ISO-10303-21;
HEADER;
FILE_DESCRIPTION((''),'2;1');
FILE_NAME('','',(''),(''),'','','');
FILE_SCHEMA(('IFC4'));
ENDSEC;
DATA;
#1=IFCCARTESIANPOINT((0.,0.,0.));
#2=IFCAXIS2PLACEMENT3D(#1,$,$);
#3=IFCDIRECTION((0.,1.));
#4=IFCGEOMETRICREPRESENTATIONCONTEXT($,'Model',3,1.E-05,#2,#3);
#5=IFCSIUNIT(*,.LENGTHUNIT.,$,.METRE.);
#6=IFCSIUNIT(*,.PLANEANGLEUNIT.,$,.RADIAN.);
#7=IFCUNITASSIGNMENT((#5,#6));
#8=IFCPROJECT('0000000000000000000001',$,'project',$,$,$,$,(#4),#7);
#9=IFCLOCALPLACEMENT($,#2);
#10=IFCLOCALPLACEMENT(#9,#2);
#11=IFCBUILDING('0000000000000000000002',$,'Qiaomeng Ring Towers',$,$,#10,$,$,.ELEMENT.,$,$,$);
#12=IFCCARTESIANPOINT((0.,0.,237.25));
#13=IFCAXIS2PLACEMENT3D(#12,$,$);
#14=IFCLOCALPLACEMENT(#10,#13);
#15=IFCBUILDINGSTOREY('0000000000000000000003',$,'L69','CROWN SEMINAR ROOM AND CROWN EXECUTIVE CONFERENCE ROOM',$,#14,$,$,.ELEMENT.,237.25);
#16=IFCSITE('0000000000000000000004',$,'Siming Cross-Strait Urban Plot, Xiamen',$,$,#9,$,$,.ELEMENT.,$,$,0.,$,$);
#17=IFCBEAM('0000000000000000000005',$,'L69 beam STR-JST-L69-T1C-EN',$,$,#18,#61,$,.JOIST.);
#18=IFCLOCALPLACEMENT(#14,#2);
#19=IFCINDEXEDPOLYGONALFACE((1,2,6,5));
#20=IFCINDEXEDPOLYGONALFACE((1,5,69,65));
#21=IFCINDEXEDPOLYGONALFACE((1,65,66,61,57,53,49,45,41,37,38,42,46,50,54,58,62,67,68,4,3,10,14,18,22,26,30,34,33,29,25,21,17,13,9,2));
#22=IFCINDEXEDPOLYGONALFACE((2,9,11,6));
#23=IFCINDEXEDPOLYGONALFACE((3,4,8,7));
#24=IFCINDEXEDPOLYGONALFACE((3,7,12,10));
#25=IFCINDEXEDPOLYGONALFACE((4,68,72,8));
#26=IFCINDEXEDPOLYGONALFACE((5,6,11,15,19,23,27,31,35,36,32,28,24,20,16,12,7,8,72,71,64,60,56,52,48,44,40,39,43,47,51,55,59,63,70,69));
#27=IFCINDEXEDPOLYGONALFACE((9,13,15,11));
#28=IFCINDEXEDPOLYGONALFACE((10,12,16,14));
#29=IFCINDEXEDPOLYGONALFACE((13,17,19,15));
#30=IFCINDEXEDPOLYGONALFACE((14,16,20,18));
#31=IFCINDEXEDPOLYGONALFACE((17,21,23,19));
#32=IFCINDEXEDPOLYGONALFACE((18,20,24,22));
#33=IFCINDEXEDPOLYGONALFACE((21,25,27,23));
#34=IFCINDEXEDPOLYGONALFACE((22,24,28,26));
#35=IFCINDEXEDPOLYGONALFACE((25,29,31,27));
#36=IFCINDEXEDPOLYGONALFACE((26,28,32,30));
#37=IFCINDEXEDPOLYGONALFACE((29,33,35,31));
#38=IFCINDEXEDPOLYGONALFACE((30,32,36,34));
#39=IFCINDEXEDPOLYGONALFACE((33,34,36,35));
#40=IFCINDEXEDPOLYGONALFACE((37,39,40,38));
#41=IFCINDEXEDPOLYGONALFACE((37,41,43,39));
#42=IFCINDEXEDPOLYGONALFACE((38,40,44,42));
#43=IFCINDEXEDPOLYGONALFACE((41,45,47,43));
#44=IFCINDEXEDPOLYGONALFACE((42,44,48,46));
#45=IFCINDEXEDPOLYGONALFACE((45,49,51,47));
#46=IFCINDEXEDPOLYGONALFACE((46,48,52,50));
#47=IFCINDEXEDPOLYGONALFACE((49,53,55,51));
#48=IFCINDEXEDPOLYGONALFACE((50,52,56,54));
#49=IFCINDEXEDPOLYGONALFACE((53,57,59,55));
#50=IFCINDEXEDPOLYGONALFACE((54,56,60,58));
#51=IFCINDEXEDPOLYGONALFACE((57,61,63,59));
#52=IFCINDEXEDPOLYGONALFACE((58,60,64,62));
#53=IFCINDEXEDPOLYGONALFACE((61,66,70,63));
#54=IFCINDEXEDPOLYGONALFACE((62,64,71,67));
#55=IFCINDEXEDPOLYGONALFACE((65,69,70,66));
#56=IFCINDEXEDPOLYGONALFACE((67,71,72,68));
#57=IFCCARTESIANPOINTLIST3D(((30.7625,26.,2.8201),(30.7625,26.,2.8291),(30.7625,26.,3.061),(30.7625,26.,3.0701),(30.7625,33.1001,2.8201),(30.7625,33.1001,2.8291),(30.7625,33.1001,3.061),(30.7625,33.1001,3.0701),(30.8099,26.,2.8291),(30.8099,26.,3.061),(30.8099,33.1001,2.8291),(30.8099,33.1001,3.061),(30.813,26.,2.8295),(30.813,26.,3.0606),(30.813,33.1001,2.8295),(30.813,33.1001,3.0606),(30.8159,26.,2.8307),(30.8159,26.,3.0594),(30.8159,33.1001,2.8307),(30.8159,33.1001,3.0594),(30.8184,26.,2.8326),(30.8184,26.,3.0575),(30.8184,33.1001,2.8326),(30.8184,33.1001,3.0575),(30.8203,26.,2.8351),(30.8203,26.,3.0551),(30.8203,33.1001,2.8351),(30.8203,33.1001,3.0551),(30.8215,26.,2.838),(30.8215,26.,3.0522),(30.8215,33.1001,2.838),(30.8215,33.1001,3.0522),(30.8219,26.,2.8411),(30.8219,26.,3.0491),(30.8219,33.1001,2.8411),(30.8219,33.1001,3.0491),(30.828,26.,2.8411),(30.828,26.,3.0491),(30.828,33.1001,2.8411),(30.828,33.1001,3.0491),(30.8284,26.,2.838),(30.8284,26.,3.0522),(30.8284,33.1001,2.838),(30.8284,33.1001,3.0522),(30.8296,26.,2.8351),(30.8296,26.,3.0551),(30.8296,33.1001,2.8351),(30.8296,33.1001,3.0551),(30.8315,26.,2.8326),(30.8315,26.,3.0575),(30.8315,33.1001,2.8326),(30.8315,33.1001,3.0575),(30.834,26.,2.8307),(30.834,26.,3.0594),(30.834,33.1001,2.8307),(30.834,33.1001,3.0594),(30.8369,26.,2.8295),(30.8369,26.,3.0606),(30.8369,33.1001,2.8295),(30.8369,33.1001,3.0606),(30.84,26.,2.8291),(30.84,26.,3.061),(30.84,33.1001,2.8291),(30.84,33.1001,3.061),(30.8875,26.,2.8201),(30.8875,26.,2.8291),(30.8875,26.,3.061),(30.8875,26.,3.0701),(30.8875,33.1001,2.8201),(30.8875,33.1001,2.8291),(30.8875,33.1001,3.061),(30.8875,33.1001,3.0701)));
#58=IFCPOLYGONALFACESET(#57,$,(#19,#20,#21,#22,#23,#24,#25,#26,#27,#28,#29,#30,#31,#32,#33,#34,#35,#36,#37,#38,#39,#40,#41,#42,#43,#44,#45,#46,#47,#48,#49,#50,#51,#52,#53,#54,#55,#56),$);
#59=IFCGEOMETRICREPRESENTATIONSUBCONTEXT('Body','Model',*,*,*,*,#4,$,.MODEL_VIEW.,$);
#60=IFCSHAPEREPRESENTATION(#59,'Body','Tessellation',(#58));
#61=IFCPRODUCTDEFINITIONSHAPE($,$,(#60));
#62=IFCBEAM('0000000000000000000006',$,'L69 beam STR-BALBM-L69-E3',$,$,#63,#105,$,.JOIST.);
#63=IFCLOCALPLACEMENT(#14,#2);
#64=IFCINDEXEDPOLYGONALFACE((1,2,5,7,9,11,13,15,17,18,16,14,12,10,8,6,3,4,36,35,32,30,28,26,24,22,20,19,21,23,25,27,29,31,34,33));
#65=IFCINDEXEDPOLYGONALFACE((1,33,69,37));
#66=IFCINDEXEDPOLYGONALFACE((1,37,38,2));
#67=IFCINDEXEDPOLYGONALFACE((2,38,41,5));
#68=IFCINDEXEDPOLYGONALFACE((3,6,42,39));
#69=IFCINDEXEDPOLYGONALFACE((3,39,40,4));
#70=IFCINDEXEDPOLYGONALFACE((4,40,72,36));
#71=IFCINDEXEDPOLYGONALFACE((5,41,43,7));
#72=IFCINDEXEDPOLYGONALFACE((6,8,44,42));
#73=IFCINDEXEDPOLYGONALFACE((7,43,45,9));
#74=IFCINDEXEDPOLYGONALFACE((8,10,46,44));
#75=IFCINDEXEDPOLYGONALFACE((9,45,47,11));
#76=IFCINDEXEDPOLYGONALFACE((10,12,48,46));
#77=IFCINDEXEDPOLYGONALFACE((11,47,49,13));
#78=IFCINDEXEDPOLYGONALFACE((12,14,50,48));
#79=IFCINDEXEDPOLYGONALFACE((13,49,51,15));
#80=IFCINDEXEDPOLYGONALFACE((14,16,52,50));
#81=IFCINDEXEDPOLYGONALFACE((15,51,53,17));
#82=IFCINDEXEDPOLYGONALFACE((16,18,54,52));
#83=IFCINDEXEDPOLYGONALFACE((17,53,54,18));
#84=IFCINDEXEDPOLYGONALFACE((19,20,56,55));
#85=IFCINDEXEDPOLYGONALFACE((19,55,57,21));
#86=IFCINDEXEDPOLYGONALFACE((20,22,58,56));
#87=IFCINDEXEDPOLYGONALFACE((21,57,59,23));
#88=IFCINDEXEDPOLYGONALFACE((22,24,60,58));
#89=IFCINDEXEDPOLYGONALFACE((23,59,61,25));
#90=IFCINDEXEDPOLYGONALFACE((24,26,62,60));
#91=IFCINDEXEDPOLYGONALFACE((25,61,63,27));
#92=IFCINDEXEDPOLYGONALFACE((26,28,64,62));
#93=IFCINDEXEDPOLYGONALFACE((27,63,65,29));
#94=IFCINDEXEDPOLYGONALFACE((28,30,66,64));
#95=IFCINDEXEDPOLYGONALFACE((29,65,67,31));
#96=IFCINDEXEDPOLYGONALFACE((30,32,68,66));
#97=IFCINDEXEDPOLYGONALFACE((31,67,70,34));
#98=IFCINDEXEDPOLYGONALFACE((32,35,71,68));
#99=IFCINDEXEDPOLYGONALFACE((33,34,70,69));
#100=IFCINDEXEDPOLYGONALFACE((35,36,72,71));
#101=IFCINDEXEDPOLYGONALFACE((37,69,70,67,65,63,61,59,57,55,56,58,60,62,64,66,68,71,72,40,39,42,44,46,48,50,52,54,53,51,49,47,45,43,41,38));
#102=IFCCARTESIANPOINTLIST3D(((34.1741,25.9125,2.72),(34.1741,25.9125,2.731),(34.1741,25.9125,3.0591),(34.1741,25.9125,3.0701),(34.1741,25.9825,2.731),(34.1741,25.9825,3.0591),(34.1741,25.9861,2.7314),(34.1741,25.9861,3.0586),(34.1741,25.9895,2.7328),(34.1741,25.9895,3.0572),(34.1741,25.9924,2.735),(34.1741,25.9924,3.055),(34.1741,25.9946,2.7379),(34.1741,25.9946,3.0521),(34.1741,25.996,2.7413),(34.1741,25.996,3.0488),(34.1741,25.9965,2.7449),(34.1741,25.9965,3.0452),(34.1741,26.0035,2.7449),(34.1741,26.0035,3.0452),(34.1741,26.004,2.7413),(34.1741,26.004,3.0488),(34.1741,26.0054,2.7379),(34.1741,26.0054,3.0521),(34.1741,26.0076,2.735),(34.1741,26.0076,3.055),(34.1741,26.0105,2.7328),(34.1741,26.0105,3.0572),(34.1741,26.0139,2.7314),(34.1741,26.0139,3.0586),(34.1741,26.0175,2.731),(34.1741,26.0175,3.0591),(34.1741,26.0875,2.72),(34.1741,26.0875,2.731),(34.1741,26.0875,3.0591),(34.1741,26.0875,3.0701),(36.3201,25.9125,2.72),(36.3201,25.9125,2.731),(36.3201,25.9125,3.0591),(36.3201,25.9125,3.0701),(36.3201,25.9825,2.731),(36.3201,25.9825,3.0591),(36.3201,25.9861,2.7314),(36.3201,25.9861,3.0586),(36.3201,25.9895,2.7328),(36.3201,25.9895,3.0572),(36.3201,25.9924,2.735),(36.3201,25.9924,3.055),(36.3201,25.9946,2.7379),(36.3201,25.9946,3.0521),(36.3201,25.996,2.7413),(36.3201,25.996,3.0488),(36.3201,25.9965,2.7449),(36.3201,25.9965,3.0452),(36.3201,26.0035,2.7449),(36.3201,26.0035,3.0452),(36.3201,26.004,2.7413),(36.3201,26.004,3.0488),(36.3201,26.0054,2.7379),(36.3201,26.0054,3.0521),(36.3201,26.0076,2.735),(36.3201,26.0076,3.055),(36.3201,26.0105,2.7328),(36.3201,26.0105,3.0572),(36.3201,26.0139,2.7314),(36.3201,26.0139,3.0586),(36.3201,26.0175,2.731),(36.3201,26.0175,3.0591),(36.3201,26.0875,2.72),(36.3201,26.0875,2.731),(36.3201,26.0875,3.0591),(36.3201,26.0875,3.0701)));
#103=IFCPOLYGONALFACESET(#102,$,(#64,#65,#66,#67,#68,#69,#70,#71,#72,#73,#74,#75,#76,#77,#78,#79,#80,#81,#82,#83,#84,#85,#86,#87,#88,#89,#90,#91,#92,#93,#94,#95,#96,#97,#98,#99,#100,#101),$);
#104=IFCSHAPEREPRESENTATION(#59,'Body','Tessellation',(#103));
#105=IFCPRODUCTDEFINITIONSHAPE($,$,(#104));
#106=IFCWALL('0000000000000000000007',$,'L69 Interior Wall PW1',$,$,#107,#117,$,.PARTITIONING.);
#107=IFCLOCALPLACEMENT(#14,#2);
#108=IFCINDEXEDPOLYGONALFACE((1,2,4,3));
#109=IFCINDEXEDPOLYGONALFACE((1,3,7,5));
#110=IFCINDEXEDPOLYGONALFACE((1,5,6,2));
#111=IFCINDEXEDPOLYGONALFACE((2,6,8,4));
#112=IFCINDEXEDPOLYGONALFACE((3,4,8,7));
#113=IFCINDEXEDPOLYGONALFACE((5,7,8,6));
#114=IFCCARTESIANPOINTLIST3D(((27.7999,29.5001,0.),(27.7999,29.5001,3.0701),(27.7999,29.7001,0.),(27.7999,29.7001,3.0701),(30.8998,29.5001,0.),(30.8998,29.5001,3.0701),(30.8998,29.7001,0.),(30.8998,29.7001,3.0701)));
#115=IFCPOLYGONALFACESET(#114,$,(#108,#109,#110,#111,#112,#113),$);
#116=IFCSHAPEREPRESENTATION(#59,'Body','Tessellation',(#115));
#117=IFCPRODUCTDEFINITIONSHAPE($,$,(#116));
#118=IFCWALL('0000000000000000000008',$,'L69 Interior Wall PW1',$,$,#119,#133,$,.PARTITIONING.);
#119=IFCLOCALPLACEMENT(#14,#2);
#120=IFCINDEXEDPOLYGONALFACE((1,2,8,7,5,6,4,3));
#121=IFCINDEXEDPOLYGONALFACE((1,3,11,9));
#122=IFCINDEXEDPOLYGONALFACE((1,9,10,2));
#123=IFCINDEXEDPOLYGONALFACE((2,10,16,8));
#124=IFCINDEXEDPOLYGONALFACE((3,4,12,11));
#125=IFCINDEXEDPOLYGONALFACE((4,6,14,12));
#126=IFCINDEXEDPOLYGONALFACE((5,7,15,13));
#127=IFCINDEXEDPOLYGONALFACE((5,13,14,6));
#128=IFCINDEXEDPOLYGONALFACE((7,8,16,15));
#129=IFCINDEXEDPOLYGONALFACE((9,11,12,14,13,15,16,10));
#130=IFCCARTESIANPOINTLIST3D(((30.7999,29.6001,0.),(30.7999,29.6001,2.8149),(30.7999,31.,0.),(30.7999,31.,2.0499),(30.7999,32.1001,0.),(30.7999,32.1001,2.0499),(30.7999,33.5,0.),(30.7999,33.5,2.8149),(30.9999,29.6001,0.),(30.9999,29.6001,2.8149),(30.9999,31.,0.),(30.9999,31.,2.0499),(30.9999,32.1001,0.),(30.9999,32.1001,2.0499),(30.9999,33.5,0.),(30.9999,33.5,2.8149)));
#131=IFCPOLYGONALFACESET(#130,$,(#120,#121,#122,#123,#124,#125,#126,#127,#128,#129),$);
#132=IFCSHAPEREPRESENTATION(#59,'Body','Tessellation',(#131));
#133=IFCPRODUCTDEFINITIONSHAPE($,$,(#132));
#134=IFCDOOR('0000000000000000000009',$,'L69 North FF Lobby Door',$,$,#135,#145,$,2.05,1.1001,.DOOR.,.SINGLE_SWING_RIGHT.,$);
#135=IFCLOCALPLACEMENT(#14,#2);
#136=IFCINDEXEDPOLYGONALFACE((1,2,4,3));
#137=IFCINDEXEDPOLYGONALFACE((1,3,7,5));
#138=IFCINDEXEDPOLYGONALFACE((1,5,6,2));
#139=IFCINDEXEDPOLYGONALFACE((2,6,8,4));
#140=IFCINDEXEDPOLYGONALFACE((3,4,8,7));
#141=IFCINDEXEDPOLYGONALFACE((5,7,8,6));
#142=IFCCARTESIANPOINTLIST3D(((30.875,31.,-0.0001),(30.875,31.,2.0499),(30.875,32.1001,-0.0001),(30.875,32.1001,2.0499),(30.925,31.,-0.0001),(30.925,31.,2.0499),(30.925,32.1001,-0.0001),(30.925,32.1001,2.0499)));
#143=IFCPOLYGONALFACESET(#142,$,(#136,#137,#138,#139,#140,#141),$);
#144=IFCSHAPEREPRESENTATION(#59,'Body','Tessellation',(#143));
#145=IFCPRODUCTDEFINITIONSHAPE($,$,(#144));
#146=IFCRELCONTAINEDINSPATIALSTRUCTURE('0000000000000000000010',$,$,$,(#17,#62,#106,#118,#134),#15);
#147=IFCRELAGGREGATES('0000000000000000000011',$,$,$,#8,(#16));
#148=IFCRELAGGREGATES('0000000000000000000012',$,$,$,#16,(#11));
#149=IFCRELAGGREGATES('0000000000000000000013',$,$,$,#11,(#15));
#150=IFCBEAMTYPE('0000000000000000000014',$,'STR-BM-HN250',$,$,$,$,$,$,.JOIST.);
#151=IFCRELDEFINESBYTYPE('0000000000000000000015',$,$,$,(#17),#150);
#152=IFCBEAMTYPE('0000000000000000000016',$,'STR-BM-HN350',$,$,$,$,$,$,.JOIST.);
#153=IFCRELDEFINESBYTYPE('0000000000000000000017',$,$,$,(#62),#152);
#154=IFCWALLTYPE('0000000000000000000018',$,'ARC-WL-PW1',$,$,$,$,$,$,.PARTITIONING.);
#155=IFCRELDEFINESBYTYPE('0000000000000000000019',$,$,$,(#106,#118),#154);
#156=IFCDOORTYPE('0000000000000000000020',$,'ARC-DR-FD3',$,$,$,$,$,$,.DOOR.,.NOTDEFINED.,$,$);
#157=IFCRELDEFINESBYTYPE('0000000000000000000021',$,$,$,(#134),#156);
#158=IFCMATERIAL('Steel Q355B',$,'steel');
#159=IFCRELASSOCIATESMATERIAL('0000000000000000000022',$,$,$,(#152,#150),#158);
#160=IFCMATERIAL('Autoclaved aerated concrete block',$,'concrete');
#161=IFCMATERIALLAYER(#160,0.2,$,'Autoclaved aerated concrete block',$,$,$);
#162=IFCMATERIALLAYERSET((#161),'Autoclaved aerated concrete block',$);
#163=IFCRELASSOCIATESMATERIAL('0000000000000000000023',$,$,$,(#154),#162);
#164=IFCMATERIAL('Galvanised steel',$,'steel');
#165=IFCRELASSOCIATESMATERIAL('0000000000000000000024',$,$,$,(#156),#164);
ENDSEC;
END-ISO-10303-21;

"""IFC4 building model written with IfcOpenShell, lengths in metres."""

from ifc_helpers import new_model, si_unit, direction, frame, frame_2d, origin, origin_2d, place, context, subcontext, project, spatial, rectangle, i_section, extrude, source, transform, mapped, material, layer, layer_set, material_profile, profile_set, type_object, element, fill, save


model = new_model("IFC4")

# Units and contexts
model_context = context("Model", 3, precision=1e-05, world=origin(), true_north=direction((0.0, 1.0)))
body_context = subcontext(model_context, "Body", "Model", "MODEL_VIEW")
ifc_project = project(units=[si_unit("LENGTHUNIT", "METRE"), si_unit("PLANEANGLEUNIT", "RADIAN")], contexts=[model_context])

# Site, building, storey
site_placement = place(None, origin())
site = spatial("IfcSite", under=ifc_project, at=site_placement, Name="Siming Cross-Strait Urban Plot, Xiamen", CompositionType="ELEMENT", RefElevation=0.0)
building_placement = place(site_placement, origin())
building = spatial("IfcBuilding", under=site, at=building_placement, Name="Qiaomeng Ring Towers", CompositionType="ELEMENT")
storey_placement = place(building_placement, frame((0.0, 0.0, 237.25)))
storey = spatial("IfcBuildingStorey", under=building, at=storey_placement, Name="L69", Description="CROWN SEMINAR ROOM AND CROWN EXECUTIVE CONFERENCE ROOM", CompositionType="ELEMENT", Elevation=237.25)

# Beams
ifc_material_1 = material(Name="Steel Q355B", Category="steel")
ifc_material_profile_1 = material_profile(ifc_material_1, i_section(OverallWidth=0.175, OverallDepth=0.3501, WebThickness=0.0071, FlangeThickness=0.011, FilletRadius=0.0139, at=origin_2d()), Name="HN 350x175x7x11")
ifc_profile_set_1 = profile_set([ifc_material_profile_1], Name="Steel Q355B")
beam_type_1 = type_object("IfcBeamType", Name="STR-BM-HN350", PredefinedType="JOIST", material=ifc_profile_set_1)
ifc_material_profile_2 = material_profile(ifc_material_1, i_section(OverallWidth=0.125, OverallDepth=0.25, WebThickness=0.0061, FlangeThickness=0.009, FilletRadius=0.012, at=origin_2d()), Name="HN 250x125x6x9")
ifc_profile_set_2 = profile_set([ifc_material_profile_2], Name="Steel Q355B")
beam_type_2 = type_object("IfcBeamType", Name="STR-BM-HN250", PredefinedType="JOIST", material=ifc_profile_set_2)
shared_shape_1 = source(origin(), body_context, "Body", "SweptSolid", [
    extrude(i_section(OverallWidth=0.125, OverallDepth=0.25, WebThickness=0.0061, FlangeThickness=0.009, FilletRadius=0.012, at=origin_2d()), origin(), (0.0, 0.0, 1.0), 7.1001),
])
beam_1_placement = place(storey_placement, frame((30.825, 26.0, 2.9451), z_axis=(0.0, 1.0, 0.0), x_axis=(-1.0, 0.0, 0.0)))
element("IfcBeam", 1, at=beam_1_placement, inside=storey, type_object=beam_type_2, Name="L69 beam STR-JST-L69-T1C-EN", PredefinedType="JOIST", context=body_context, shape_type="MappedRepresentation", body=[
    mapped(shared_shape_1, transform((0.0, 0.0, 0.0), x_axis=(1.0, 0.0, 0.0), y_axis=(0.0, 1.0, 0.0), z_axis=(0.0, 0.0, 1.0), scale=1.0)),
])
shared_shape_2 = source(origin(), body_context, "Body", "SweptSolid", [
    extrude(i_section(OverallWidth=0.175, OverallDepth=0.3501, WebThickness=0.0071, FlangeThickness=0.011, FilletRadius=0.0139, at=origin_2d()), origin(), (0.0, 0.0, 1.0), 2.146),
])
beam_2_placement = place(storey_placement, frame((34.1741, 26.0, 2.895), z_axis=(1.0, 0.0, 0.0), x_axis=(0.0, 1.0, 0.0)))
element("IfcBeam", 2, at=beam_2_placement, inside=storey, type_object=beam_type_1, Name="L69 beam STR-BALBM-L69-E3", PredefinedType="JOIST", context=body_context, shape_type="MappedRepresentation", body=[
    mapped(shared_shape_2, transform((0.0, 0.0, 0.0), x_axis=(1.0, 0.0, 0.0), y_axis=(0.0, 1.0, 0.0), z_axis=(0.0, 0.0, 1.0), scale=1.0)),
])

# Wall
ifc_material_2 = material(Name="Autoclaved aerated concrete block", Category="concrete")
ifc_layer_1 = layer(ifc_material_2, 0.2, Name="Autoclaved aerated concrete block")
ifc_layer_set_1 = layer_set([ifc_layer_1], Name="Autoclaved aerated concrete block")
wall_type_1 = type_object("IfcWallType", Name="ARC-WL-PW1", PredefinedType="PARTITIONING", material=ifc_layer_set_1)
wall_1_placement = place(storey_placement, frame((27.8, 29.6001, 0.0), z_axis=(0.0, 0.0, 1.0), x_axis=(1.0, 0.0, 0.0)))
element("IfcWall", 3, at=wall_1_placement, inside=storey, type_object=wall_type_1, Name="L69 Interior Wall PW1", PredefinedType="PARTITIONING", context=body_context, shape_type="SweptSolid", body=[
    extrude(rectangle(XDim=3.0999, YDim=0.2, at=frame_2d((1.5498, 0.0))), origin(), (0.0, 0.0, 1.0), 3.0701),
])

# Wall, opening, door
wall_2_placement = place(storey_placement, frame((30.8999, 29.6001, 0.0), z_axis=(0.0, 0.0, 1.0), x_axis=(0.0, 1.0, 0.0)))
wall_2 = element("IfcWall", 4, at=wall_2_placement, inside=storey, type_object=wall_type_1, Name="L69 Interior Wall PW1", PredefinedType="PARTITIONING", context=body_context, shape_type="SweptSolid", body=[
    extrude(rectangle(XDim=3.8999, YDim=0.2, at=frame_2d((1.95, 0.0))), origin(), (0.0, 0.0, 1.0), 2.8149),
])
opening_1_placement = place(wall_2_placement, frame((1.3999, 0.0, 0.0)))
opening_1 = element("IfcOpeningElement", 5, at=opening_1_placement, cuts=wall_2, PredefinedType="OPENING", context=body_context, shape_type="SweptSolid", body=[
    extrude(rectangle(XDim=1.1001, YDim=2.05, at=frame_2d((0.55, 1.0249))), frame((0.0, 0.1099, 0.0), z_axis=(0.0, -1.0, 0.0), x_axis=(1.0, 0.0, 0.0)), (0.0, 0.0, 1.0), 0.22),
])
ifc_material_3 = material(Name="Galvanised steel", Category="steel")
door_type_1 = type_object("IfcDoorType", Name="ARC-DR-FD3", OperationType="NOTDEFINED", PredefinedType="DOOR", material=ifc_material_3)
shared_shape_3 = source(origin(), body_context, "Body", "SweptSolid", [
    extrude(rectangle(XDim=1.1001, YDim=2.05, at=frame_2d((0.55, 1.0249))), frame((0.0, 0.0249, 0.0), z_axis=(0.0, -1.0, 0.0), x_axis=(1.0, 0.0, 0.0)), (0.0, 0.0, 1.0), 0.05),
])
door_1_placement = place(opening_1_placement, origin())
door_1 = element("IfcDoor", 6, at=door_1_placement, inside=storey, type_object=door_type_1, Name="L69 North FF Lobby Door", OperationType="SINGLE_SWING_RIGHT", OverallHeight=2.05, OverallWidth=1.1001, PredefinedType="DOOR", context=body_context, shape_type="MappedRepresentation", body=[
    mapped(shared_shape_3, transform((0.0, 0.0, 0.0), x_axis=(1.0, 0.0, 0.0), y_axis=(0.0, 1.0, 0.0), z_axis=(0.0, 0.0, 1.0), scale=1.0)),
])
fill(opening_1, door_1)

save(model, "model.ifc")
